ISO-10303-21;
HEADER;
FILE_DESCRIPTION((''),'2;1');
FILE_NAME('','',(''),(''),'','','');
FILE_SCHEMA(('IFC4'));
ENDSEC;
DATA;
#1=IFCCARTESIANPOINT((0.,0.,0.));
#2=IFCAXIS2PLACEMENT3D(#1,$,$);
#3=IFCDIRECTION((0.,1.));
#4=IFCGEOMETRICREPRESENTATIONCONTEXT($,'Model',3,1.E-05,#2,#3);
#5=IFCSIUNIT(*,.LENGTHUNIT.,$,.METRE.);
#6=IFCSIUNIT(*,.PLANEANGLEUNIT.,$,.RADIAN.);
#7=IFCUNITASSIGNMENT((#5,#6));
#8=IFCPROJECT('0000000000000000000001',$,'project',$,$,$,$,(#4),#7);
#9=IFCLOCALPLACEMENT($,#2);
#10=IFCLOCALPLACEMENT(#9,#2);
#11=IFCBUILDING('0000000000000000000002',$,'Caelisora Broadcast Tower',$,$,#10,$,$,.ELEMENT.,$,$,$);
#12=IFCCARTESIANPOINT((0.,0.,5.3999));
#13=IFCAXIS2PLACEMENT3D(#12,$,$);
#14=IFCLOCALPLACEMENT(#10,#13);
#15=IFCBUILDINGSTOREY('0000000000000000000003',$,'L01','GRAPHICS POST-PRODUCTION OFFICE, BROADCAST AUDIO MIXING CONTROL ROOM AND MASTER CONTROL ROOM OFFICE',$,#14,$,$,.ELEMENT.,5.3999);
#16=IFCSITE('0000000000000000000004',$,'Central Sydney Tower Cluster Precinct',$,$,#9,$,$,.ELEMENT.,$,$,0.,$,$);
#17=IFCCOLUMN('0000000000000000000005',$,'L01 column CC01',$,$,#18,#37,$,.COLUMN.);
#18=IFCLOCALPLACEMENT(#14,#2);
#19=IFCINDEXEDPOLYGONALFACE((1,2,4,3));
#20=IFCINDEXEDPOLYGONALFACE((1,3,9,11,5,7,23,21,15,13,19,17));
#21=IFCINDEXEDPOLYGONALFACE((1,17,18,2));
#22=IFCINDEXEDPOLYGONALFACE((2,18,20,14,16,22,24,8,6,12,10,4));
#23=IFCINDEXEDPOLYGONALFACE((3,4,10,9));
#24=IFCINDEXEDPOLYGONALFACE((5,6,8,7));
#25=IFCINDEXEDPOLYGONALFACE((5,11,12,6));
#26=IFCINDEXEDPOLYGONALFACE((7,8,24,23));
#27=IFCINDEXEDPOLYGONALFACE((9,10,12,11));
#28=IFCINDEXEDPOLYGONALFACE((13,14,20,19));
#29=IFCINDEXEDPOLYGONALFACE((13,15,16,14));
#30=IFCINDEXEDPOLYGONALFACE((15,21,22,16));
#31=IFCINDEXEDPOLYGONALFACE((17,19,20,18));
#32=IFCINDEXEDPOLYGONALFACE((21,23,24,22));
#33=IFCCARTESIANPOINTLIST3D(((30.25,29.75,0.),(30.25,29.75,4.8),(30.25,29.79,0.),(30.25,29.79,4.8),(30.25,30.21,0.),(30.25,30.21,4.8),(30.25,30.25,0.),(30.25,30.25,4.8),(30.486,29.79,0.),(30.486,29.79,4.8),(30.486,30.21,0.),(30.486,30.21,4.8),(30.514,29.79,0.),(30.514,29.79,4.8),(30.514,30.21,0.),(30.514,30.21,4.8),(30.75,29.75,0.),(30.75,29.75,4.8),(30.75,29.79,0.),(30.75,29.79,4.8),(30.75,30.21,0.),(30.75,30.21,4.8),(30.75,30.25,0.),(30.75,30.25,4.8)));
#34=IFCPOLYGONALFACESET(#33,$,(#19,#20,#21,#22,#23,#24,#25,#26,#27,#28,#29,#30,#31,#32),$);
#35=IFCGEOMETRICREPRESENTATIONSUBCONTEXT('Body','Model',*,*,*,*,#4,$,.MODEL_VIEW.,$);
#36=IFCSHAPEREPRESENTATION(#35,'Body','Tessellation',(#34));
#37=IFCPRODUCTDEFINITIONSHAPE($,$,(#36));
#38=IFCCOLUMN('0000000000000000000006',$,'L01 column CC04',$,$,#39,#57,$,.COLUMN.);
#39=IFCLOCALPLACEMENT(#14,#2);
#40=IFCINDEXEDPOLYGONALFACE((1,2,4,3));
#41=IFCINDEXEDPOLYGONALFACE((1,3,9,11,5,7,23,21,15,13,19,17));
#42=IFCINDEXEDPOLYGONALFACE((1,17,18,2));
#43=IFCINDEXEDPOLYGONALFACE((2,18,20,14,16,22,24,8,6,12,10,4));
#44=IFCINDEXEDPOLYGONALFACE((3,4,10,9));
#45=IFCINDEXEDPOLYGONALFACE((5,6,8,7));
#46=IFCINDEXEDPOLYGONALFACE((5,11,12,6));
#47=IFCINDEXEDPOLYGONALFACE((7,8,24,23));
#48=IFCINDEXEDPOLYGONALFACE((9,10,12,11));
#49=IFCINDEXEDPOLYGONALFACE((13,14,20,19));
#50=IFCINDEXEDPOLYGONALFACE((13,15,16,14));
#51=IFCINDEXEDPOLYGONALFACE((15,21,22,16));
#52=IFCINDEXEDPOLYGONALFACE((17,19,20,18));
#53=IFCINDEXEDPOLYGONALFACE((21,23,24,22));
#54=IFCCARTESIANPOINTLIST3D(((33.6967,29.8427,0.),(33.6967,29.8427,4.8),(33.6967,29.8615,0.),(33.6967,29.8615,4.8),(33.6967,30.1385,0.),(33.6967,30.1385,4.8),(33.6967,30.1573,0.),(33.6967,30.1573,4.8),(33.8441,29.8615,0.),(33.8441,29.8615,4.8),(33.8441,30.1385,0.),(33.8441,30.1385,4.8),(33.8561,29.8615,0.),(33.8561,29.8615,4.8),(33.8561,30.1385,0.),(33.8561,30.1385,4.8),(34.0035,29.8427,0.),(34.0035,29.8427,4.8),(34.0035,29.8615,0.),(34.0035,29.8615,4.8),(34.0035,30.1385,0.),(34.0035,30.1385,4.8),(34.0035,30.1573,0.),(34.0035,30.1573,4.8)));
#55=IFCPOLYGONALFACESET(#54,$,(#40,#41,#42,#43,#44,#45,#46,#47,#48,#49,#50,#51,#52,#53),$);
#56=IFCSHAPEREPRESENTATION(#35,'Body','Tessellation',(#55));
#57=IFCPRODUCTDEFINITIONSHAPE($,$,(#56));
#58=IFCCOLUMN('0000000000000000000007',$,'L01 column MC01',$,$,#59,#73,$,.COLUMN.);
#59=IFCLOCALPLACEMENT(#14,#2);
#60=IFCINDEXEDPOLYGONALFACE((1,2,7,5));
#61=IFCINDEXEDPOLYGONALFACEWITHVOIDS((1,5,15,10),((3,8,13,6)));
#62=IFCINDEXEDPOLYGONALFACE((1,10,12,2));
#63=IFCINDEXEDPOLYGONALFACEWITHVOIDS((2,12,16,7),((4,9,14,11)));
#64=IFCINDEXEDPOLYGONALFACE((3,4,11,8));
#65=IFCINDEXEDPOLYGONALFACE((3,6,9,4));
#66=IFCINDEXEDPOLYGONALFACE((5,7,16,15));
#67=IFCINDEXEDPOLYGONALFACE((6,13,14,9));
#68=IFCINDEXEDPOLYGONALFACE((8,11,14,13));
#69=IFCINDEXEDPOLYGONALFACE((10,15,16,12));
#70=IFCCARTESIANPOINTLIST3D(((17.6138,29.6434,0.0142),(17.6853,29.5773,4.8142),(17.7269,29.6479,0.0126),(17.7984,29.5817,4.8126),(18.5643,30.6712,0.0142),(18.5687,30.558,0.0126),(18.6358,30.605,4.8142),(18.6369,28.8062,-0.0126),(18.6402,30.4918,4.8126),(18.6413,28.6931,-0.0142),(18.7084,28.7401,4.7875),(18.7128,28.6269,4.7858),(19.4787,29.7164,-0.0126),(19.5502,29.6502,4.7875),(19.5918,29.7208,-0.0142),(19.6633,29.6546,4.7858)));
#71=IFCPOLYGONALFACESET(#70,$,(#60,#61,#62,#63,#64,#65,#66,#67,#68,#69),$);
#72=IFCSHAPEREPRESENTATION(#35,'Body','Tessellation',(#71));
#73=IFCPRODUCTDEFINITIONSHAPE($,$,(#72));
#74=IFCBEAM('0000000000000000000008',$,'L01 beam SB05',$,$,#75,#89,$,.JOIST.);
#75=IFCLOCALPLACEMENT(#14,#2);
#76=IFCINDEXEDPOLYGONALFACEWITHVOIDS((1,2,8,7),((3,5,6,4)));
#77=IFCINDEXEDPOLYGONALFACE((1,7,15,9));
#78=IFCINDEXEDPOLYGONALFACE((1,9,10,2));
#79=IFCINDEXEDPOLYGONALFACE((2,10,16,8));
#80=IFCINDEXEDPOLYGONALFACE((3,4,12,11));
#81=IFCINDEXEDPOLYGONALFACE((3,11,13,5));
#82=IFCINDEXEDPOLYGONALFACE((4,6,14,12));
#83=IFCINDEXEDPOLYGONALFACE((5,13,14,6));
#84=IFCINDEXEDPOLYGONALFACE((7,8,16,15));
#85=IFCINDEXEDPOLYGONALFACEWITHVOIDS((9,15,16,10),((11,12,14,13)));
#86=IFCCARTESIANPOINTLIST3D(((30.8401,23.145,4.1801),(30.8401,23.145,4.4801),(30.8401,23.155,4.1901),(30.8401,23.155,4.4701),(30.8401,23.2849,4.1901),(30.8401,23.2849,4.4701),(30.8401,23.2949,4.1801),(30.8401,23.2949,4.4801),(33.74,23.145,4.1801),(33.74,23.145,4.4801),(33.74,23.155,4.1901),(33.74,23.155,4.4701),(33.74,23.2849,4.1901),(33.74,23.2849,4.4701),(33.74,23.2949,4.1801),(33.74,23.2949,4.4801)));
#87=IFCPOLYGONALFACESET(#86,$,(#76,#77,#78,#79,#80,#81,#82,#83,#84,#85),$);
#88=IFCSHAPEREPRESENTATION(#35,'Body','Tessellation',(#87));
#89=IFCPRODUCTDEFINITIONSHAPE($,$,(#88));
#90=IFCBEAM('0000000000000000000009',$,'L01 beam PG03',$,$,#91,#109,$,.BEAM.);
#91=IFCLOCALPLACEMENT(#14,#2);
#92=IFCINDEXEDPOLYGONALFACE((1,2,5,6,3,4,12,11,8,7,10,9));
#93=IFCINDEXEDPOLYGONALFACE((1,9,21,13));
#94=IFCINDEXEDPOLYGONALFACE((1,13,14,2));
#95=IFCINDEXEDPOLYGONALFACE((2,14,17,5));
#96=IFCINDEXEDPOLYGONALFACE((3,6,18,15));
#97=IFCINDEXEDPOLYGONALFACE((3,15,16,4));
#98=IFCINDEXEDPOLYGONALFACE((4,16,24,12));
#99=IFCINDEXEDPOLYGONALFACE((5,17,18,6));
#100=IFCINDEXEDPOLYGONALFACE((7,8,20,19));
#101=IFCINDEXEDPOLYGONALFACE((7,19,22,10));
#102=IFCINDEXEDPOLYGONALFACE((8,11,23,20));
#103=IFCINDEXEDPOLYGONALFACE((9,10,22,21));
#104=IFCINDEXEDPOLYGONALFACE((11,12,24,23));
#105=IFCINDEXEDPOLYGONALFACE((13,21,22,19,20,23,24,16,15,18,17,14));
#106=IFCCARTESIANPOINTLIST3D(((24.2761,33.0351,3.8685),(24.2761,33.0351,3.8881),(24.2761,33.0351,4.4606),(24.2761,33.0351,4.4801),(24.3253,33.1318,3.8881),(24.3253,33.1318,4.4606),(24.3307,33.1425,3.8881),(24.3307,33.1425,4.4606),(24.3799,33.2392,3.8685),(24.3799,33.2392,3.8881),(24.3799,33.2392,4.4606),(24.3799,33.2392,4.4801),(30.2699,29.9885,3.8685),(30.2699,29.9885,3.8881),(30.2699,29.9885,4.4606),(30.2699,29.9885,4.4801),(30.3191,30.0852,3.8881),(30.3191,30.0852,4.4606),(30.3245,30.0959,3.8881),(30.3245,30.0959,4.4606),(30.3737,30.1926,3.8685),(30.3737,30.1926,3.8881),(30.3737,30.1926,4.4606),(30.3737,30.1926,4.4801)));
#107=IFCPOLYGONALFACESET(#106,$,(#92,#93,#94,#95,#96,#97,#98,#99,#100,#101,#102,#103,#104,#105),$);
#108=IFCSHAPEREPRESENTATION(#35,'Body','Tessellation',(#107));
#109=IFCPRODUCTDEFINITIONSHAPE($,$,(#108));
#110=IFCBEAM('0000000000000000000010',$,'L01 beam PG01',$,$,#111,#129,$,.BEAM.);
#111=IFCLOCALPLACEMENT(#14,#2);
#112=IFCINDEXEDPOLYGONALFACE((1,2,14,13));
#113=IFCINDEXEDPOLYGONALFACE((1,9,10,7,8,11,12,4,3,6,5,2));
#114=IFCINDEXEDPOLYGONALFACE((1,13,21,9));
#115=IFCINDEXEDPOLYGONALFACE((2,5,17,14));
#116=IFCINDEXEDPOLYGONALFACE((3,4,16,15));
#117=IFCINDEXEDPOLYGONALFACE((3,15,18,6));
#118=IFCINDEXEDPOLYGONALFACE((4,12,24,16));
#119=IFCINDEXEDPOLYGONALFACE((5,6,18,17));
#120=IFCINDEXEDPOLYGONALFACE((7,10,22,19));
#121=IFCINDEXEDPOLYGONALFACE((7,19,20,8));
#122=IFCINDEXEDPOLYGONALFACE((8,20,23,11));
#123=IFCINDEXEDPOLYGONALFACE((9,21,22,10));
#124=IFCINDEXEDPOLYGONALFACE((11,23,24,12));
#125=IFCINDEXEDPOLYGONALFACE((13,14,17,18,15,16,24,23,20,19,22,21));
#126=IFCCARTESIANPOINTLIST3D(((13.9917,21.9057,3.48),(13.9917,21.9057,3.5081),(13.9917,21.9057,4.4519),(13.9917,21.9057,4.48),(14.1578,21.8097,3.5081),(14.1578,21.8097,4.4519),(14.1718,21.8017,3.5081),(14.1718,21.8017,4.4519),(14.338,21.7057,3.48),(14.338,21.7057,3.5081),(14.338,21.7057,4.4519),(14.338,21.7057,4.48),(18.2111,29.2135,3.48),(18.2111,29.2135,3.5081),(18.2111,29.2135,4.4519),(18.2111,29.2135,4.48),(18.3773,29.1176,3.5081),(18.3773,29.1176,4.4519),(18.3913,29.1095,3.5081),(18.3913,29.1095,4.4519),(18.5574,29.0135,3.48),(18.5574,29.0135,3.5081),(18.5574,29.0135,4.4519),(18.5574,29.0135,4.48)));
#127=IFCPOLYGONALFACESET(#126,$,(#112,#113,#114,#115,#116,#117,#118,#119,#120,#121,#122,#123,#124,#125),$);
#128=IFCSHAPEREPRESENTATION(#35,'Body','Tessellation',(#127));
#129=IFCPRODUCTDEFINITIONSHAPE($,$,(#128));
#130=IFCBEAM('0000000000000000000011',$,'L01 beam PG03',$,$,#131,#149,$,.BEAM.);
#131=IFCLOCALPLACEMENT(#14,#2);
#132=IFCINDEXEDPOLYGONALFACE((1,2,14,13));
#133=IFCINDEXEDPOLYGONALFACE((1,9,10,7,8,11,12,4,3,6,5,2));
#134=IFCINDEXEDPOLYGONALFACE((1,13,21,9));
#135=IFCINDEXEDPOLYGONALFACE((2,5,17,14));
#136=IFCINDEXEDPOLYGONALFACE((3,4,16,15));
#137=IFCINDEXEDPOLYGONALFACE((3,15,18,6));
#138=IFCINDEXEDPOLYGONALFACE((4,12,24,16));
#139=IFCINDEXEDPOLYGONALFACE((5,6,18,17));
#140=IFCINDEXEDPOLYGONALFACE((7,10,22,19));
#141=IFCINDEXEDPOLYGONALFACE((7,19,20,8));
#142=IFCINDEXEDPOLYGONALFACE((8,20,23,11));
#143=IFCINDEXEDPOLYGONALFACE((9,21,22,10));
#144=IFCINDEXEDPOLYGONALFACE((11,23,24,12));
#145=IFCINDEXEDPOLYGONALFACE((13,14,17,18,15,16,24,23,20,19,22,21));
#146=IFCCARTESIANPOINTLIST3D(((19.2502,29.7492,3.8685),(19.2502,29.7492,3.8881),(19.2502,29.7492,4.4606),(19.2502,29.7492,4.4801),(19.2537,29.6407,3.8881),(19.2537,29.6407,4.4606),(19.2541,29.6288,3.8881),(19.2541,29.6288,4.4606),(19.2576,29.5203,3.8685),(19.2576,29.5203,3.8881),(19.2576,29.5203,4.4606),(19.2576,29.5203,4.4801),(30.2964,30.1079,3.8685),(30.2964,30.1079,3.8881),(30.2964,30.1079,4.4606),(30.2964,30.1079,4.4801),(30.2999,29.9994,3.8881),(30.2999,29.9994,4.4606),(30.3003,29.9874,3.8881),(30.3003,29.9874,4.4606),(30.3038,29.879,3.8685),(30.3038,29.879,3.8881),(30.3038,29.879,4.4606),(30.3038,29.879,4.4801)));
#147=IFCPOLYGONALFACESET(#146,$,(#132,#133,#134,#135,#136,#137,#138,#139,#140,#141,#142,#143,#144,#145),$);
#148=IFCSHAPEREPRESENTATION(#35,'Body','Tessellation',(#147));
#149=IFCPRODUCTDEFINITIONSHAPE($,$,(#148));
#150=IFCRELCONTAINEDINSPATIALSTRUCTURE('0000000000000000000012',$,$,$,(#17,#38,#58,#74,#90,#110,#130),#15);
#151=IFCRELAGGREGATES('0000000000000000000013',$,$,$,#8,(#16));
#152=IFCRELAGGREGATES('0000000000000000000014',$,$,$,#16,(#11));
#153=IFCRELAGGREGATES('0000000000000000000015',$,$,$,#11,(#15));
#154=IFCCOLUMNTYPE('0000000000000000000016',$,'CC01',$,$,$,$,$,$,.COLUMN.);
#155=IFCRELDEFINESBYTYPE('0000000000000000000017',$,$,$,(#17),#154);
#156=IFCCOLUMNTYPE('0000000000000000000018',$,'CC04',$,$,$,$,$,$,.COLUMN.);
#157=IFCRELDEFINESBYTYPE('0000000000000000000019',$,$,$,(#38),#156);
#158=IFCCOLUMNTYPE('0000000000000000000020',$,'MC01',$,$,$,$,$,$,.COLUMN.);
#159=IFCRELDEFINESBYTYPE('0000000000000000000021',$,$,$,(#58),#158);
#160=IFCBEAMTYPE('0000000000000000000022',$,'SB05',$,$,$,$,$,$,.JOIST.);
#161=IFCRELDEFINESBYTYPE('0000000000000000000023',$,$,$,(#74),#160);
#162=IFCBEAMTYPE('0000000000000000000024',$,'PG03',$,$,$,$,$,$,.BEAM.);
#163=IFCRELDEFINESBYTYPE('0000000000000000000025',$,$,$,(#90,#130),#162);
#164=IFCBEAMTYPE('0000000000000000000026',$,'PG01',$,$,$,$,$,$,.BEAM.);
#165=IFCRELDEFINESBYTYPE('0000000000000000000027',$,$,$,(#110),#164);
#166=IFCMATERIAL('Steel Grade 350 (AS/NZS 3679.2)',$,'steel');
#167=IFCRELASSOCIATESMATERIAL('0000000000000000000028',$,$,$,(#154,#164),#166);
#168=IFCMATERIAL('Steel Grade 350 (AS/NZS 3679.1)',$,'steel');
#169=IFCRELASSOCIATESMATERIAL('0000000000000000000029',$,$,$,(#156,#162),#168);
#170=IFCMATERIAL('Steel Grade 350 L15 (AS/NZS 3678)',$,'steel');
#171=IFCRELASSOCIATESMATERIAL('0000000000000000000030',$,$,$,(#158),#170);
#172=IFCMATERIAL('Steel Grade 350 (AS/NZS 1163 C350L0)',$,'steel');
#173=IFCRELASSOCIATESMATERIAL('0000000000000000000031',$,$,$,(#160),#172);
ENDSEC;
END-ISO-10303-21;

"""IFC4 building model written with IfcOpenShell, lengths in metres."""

from ifc_helpers import new_model, si_unit, direction, frame, origin, origin_2d, place, context, subcontext, project, spatial, hollow_rectangle, i_section, extrude, source, transform, mapped, material, material_profile, profile_set, type_object, type_shapes, element, save


model = new_model("IFC4")

# Units and contexts
model_context = context("Model", 3, precision=1e-05, world=origin(), true_north=direction((0.0, 1.0)))
body_context = subcontext(model_context, "Body", "Model", "MODEL_VIEW")
ifc_project = project(units=[si_unit("LENGTHUNIT", "METRE"), si_unit("PLANEANGLEUNIT", "RADIAN")], contexts=[model_context])

# Site, building, storey
site_placement = place(None, origin())
site = spatial("IfcSite", under=ifc_project, at=site_placement, Name="Central Sydney Tower Cluster Precinct", CompositionType="ELEMENT", RefElevation=0.0)
building_placement = place(site_placement, origin())
building = spatial("IfcBuilding", under=site, at=building_placement, Name="Caelisora Broadcast Tower", CompositionType="ELEMENT")
storey_placement = place(building_placement, frame((0.0, 0.0, 5.3999)))
storey = spatial("IfcBuildingStorey", under=building, at=storey_placement, Name="L01", Description="GRAPHICS POST-PRODUCTION OFFICE, BROADCAST AUDIO MIXING CONTROL ROOM AND MASTER CONTROL ROOM OFFICE", CompositionType="ELEMENT", Elevation=5.3999)

# Columns
ifc_material_1 = material(Name="Steel Grade 350 (AS/NZS 3679.2)", Category="steel")
ifc_material_profile_1 = material_profile(ifc_material_1, i_section(OverallWidth=0.5, OverallDepth=0.5, WebThickness=0.0281, FlangeThickness=0.04, at=origin_2d()), Name="Steel Grade 350 (AS/NZS 3679.2)")
ifc_profile_set_1 = profile_set([ifc_material_profile_1], Name="Steel Grade 350 (AS/NZS 3679.2)")
column_type_1 = type_object("IfcColumnType", Name="CC01", PredefinedType="COLUMN", material=ifc_profile_set_1)
shared_shape_1 = source(origin(), body_context, "Body", "SweptSolid", [
    extrude(i_section(OverallWidth=0.5, OverallDepth=0.5, WebThickness=0.0281, FlangeThickness=0.04, at=origin_2d()), origin(), (0.0, 0.0, 1.0), 4.8),
])
type_shapes(column_type_1, [shared_shape_1])
column_1_placement = place(storey_placement, frame((30.5, 30.0, 0.0), z_axis=(0.0, 0.0, 1.0), x_axis=(1.0, 0.0, 0.0)))
element("IfcColumn", 1, at=column_1_placement, inside=storey, type_object=column_type_1, Name="L01 column CC01", PredefinedType="COLUMN", context=body_context, shape_type="MappedRepresentation", body=[
    mapped(shared_shape_1, transform((0.0, 0.0, 0.0), scale=1.0)),
])
ifc_material_2 = material(Name="Steel Grade 350 (AS/NZS 3679.1)", Category="steel")
ifc_material_profile_2 = material_profile(ifc_material_2, i_section(OverallWidth=0.3069, OverallDepth=0.3147, WebThickness=0.012, FlangeThickness=0.0188, at=origin_2d()), Name="Steel Grade 350 (AS/NZS 3679.1)")
ifc_profile_set_2 = profile_set([ifc_material_profile_2], Name="Steel Grade 350 (AS/NZS 3679.1)")
column_type_2 = type_object("IfcColumnType", Name="CC04", PredefinedType="COLUMN", material=ifc_profile_set_2)
shared_shape_2 = source(origin(), body_context, "Body", "SweptSolid", [
    extrude(i_section(OverallWidth=0.3069, OverallDepth=0.3147, WebThickness=0.012, FlangeThickness=0.0188, at=origin_2d()), origin(), (0.0, 0.0, 1.0), 4.8),
])
type_shapes(column_type_2, [shared_shape_2])
column_2_placement = place(storey_placement, frame((33.8501, 30.0, 0.0), z_axis=(0.0, 0.0, 1.0), x_axis=(1.0, 0.0, 0.0)))
element("IfcColumn", 2, at=column_2_placement, inside=storey, type_object=column_type_2, Name="L01 column CC04", PredefinedType="COLUMN", context=body_context, shape_type="MappedRepresentation", body=[
    mapped(shared_shape_2, transform((0.0, 0.0, 0.0), scale=1.0)),
])
ifc_material_3 = material(Name="Steel Grade 350 L15 (AS/NZS 3678)", Category="steel")
ifc_material_profile_3 = material_profile(ifc_material_3, hollow_rectangle(XDim=1.3999, YDim=1.3999, WallThickness=0.0801, at=origin_2d()), Name="Steel Grade 350 L15 (AS/NZS 3678)")
ifc_profile_set_3 = profile_set([ifc_material_profile_3], Name="Steel Grade 350 L15 (AS/NZS 3678)")
column_type_3 = type_object("IfcColumnType", Name="MC01", PredefinedType="COLUMN", material=ifc_profile_set_3)
shared_shape_3 = source(origin(), body_context, "Body", "SweptSolid", [
    extrude(hollow_rectangle(XDim=1.3999, YDim=1.3999, WallThickness=0.0801, at=origin_2d()), origin(), (0.0, 0.0, 1.0), 4.801),
])
type_shapes(column_type_3, [shared_shape_3])
column_3_placement = place(storey_placement, frame((18.6028, 29.6821, 0.0), z_axis=(0.0149, -0.013781, 0.999794), x_axis=(0.679008, 0.734131, 0.0)))
element("IfcColumn", 3, at=column_3_placement, inside=storey, type_object=column_type_3, Name="L01 column MC01", PredefinedType="COLUMN", context=body_context, shape_type="MappedRepresentation", body=[
    mapped(shared_shape_3, transform((0.0, 0.0, 0.0), scale=1.0)),
])

# Beams
ifc_material_4 = material(Name="Steel Grade 350 (AS/NZS 1163 C350L0)", Category="steel")
ifc_material_profile_4 = material_profile(ifc_material_4, hollow_rectangle(XDim=0.1499, YDim=0.3, WallThickness=0.01, at=origin_2d()), Name="Steel Grade 350 (AS/NZS 1163 C350L0)")
ifc_profile_set_4 = profile_set([ifc_material_profile_4], Name="Steel Grade 350 (AS/NZS 1163 C350L0)")
beam_type_1 = type_object("IfcBeamType", Name="SB05", PredefinedType="JOIST", material=ifc_profile_set_4)
shared_shape_4 = source(origin(), body_context, "Body", "SweptSolid", [
    extrude(hollow_rectangle(XDim=0.1499, YDim=0.3, WallThickness=0.01, at=origin_2d()), origin(), (0.0, 0.0, 1.0), 2.8999),
])
type_shapes(beam_type_1, [shared_shape_4])
beam_1_placement = place(storey_placement, frame((30.8401, 23.22, 4.3301), z_axis=(1.0, 0.0, 0.0), x_axis=(0.0, 1.0, 0.0)))
element("IfcBeam", 4, at=beam_1_placement, inside=storey, type_object=beam_type_1, Name="L01 beam SB05", PredefinedType="JOIST", context=body_context, shape_type="MappedRepresentation", body=[
    mapped(shared_shape_4, transform((0.0, 0.0, 0.0), scale=1.0)),
])
ifc_material_profile_5 = material_profile(ifc_material_2, i_section(OverallWidth=0.229, OverallDepth=0.6116, WebThickness=0.012, FlangeThickness=0.0195, at=origin_2d()), Name="Steel Grade 350 (AS/NZS 3679.1)")
ifc_profile_set_5 = profile_set([ifc_material_profile_5], Name="Steel Grade 350 (AS/NZS 3679.1)")
beam_type_2 = type_object("IfcBeamType", Name="PG03", PredefinedType="BEAM", material=ifc_profile_set_5)
shared_shape_5 = source(origin(), body_context, "Body", "SweptSolid", [
    extrude(i_section(OverallWidth=0.229, OverallDepth=0.6116, WebThickness=0.012, FlangeThickness=0.0195, at=origin_2d()), origin(), (0.0, 0.0, 1.0), 6.7236),
])
beam_2_placement = place(storey_placement, frame((30.3218, 30.0906, 4.1743), z_axis=(-0.891452, 0.453115, 0.0), x_axis=(-0.453115, -0.891452, 0.0)))
element("IfcBeam", 5, at=beam_2_placement, inside=storey, type_object=beam_type_2, Name="L01 beam PG03", PredefinedType="BEAM", context=body_context, shape_type="MappedRepresentation", body=[
    mapped(shared_shape_5, transform((0.0, 0.0, 0.0), scale=1.0)),
])
ifc_material_profile_6 = material_profile(ifc_material_1, i_section(OverallWidth=0.3999, OverallDepth=1.0, WebThickness=0.0161, FlangeThickness=0.0281, at=origin_2d()), Name="Steel Grade 350 (AS/NZS 3679.2)")
ifc_profile_set_6 = profile_set([ifc_material_profile_6], Name="Steel Grade 350 (AS/NZS 3679.2)")
beam_type_3 = type_object("IfcBeamType", Name="PG01", PredefinedType="BEAM", material=ifc_profile_set_6)
shared_shape_6 = source(origin(), body_context, "Body", "SweptSolid", [
    extrude(i_section(OverallWidth=0.3999, OverallDepth=1.0, WebThickness=0.0161, FlangeThickness=0.0281, at=origin_2d()), origin(), (0.0, 0.0, 1.0), 8.4385),
])
type_shapes(beam_type_3, [shared_shape_6])
beam_3_placement = place(storey_placement, frame((18.3843, 29.1135, 3.98), z_axis=(-0.500025, -0.866011, 0.0), x_axis=(0.866011, -0.500025, 0.0)))
element("IfcBeam", 6, at=beam_3_placement, inside=storey, type_object=beam_type_3, Name="L01 beam PG01", PredefinedType="BEAM", context=body_context, shape_type="MappedRepresentation", body=[
    mapped(shared_shape_6, transform((0.0, 0.0, 0.0), scale=1.0)),
])
shared_shape_7 = source(origin(), body_context, "Body", "SweptSolid", [
    extrude(i_section(OverallWidth=0.229, OverallDepth=0.6116, WebThickness=0.012, FlangeThickness=0.0195, at=origin_2d()), origin(), (0.0, 0.0, 1.0), 11.052),
])
type_shapes(beam_type_2, [shared_shape_5, shared_shape_7])
beam_4_placement = place(storey_placement, frame((19.2539, 29.6348, 4.1743), z_axis=(0.999473, 0.032451, 0.0), x_axis=(-0.032451, 0.999473, 0.0)))
element("IfcBeam", 7, at=beam_4_placement, inside=storey, type_object=beam_type_2, Name="L01 beam PG03", PredefinedType="BEAM", context=body_context, shape_type="MappedRepresentation", body=[
    mapped(shared_shape_7, transform((0.0, 0.0, 0.0), scale=1.0)),
])

save(model, "model.ifc")
